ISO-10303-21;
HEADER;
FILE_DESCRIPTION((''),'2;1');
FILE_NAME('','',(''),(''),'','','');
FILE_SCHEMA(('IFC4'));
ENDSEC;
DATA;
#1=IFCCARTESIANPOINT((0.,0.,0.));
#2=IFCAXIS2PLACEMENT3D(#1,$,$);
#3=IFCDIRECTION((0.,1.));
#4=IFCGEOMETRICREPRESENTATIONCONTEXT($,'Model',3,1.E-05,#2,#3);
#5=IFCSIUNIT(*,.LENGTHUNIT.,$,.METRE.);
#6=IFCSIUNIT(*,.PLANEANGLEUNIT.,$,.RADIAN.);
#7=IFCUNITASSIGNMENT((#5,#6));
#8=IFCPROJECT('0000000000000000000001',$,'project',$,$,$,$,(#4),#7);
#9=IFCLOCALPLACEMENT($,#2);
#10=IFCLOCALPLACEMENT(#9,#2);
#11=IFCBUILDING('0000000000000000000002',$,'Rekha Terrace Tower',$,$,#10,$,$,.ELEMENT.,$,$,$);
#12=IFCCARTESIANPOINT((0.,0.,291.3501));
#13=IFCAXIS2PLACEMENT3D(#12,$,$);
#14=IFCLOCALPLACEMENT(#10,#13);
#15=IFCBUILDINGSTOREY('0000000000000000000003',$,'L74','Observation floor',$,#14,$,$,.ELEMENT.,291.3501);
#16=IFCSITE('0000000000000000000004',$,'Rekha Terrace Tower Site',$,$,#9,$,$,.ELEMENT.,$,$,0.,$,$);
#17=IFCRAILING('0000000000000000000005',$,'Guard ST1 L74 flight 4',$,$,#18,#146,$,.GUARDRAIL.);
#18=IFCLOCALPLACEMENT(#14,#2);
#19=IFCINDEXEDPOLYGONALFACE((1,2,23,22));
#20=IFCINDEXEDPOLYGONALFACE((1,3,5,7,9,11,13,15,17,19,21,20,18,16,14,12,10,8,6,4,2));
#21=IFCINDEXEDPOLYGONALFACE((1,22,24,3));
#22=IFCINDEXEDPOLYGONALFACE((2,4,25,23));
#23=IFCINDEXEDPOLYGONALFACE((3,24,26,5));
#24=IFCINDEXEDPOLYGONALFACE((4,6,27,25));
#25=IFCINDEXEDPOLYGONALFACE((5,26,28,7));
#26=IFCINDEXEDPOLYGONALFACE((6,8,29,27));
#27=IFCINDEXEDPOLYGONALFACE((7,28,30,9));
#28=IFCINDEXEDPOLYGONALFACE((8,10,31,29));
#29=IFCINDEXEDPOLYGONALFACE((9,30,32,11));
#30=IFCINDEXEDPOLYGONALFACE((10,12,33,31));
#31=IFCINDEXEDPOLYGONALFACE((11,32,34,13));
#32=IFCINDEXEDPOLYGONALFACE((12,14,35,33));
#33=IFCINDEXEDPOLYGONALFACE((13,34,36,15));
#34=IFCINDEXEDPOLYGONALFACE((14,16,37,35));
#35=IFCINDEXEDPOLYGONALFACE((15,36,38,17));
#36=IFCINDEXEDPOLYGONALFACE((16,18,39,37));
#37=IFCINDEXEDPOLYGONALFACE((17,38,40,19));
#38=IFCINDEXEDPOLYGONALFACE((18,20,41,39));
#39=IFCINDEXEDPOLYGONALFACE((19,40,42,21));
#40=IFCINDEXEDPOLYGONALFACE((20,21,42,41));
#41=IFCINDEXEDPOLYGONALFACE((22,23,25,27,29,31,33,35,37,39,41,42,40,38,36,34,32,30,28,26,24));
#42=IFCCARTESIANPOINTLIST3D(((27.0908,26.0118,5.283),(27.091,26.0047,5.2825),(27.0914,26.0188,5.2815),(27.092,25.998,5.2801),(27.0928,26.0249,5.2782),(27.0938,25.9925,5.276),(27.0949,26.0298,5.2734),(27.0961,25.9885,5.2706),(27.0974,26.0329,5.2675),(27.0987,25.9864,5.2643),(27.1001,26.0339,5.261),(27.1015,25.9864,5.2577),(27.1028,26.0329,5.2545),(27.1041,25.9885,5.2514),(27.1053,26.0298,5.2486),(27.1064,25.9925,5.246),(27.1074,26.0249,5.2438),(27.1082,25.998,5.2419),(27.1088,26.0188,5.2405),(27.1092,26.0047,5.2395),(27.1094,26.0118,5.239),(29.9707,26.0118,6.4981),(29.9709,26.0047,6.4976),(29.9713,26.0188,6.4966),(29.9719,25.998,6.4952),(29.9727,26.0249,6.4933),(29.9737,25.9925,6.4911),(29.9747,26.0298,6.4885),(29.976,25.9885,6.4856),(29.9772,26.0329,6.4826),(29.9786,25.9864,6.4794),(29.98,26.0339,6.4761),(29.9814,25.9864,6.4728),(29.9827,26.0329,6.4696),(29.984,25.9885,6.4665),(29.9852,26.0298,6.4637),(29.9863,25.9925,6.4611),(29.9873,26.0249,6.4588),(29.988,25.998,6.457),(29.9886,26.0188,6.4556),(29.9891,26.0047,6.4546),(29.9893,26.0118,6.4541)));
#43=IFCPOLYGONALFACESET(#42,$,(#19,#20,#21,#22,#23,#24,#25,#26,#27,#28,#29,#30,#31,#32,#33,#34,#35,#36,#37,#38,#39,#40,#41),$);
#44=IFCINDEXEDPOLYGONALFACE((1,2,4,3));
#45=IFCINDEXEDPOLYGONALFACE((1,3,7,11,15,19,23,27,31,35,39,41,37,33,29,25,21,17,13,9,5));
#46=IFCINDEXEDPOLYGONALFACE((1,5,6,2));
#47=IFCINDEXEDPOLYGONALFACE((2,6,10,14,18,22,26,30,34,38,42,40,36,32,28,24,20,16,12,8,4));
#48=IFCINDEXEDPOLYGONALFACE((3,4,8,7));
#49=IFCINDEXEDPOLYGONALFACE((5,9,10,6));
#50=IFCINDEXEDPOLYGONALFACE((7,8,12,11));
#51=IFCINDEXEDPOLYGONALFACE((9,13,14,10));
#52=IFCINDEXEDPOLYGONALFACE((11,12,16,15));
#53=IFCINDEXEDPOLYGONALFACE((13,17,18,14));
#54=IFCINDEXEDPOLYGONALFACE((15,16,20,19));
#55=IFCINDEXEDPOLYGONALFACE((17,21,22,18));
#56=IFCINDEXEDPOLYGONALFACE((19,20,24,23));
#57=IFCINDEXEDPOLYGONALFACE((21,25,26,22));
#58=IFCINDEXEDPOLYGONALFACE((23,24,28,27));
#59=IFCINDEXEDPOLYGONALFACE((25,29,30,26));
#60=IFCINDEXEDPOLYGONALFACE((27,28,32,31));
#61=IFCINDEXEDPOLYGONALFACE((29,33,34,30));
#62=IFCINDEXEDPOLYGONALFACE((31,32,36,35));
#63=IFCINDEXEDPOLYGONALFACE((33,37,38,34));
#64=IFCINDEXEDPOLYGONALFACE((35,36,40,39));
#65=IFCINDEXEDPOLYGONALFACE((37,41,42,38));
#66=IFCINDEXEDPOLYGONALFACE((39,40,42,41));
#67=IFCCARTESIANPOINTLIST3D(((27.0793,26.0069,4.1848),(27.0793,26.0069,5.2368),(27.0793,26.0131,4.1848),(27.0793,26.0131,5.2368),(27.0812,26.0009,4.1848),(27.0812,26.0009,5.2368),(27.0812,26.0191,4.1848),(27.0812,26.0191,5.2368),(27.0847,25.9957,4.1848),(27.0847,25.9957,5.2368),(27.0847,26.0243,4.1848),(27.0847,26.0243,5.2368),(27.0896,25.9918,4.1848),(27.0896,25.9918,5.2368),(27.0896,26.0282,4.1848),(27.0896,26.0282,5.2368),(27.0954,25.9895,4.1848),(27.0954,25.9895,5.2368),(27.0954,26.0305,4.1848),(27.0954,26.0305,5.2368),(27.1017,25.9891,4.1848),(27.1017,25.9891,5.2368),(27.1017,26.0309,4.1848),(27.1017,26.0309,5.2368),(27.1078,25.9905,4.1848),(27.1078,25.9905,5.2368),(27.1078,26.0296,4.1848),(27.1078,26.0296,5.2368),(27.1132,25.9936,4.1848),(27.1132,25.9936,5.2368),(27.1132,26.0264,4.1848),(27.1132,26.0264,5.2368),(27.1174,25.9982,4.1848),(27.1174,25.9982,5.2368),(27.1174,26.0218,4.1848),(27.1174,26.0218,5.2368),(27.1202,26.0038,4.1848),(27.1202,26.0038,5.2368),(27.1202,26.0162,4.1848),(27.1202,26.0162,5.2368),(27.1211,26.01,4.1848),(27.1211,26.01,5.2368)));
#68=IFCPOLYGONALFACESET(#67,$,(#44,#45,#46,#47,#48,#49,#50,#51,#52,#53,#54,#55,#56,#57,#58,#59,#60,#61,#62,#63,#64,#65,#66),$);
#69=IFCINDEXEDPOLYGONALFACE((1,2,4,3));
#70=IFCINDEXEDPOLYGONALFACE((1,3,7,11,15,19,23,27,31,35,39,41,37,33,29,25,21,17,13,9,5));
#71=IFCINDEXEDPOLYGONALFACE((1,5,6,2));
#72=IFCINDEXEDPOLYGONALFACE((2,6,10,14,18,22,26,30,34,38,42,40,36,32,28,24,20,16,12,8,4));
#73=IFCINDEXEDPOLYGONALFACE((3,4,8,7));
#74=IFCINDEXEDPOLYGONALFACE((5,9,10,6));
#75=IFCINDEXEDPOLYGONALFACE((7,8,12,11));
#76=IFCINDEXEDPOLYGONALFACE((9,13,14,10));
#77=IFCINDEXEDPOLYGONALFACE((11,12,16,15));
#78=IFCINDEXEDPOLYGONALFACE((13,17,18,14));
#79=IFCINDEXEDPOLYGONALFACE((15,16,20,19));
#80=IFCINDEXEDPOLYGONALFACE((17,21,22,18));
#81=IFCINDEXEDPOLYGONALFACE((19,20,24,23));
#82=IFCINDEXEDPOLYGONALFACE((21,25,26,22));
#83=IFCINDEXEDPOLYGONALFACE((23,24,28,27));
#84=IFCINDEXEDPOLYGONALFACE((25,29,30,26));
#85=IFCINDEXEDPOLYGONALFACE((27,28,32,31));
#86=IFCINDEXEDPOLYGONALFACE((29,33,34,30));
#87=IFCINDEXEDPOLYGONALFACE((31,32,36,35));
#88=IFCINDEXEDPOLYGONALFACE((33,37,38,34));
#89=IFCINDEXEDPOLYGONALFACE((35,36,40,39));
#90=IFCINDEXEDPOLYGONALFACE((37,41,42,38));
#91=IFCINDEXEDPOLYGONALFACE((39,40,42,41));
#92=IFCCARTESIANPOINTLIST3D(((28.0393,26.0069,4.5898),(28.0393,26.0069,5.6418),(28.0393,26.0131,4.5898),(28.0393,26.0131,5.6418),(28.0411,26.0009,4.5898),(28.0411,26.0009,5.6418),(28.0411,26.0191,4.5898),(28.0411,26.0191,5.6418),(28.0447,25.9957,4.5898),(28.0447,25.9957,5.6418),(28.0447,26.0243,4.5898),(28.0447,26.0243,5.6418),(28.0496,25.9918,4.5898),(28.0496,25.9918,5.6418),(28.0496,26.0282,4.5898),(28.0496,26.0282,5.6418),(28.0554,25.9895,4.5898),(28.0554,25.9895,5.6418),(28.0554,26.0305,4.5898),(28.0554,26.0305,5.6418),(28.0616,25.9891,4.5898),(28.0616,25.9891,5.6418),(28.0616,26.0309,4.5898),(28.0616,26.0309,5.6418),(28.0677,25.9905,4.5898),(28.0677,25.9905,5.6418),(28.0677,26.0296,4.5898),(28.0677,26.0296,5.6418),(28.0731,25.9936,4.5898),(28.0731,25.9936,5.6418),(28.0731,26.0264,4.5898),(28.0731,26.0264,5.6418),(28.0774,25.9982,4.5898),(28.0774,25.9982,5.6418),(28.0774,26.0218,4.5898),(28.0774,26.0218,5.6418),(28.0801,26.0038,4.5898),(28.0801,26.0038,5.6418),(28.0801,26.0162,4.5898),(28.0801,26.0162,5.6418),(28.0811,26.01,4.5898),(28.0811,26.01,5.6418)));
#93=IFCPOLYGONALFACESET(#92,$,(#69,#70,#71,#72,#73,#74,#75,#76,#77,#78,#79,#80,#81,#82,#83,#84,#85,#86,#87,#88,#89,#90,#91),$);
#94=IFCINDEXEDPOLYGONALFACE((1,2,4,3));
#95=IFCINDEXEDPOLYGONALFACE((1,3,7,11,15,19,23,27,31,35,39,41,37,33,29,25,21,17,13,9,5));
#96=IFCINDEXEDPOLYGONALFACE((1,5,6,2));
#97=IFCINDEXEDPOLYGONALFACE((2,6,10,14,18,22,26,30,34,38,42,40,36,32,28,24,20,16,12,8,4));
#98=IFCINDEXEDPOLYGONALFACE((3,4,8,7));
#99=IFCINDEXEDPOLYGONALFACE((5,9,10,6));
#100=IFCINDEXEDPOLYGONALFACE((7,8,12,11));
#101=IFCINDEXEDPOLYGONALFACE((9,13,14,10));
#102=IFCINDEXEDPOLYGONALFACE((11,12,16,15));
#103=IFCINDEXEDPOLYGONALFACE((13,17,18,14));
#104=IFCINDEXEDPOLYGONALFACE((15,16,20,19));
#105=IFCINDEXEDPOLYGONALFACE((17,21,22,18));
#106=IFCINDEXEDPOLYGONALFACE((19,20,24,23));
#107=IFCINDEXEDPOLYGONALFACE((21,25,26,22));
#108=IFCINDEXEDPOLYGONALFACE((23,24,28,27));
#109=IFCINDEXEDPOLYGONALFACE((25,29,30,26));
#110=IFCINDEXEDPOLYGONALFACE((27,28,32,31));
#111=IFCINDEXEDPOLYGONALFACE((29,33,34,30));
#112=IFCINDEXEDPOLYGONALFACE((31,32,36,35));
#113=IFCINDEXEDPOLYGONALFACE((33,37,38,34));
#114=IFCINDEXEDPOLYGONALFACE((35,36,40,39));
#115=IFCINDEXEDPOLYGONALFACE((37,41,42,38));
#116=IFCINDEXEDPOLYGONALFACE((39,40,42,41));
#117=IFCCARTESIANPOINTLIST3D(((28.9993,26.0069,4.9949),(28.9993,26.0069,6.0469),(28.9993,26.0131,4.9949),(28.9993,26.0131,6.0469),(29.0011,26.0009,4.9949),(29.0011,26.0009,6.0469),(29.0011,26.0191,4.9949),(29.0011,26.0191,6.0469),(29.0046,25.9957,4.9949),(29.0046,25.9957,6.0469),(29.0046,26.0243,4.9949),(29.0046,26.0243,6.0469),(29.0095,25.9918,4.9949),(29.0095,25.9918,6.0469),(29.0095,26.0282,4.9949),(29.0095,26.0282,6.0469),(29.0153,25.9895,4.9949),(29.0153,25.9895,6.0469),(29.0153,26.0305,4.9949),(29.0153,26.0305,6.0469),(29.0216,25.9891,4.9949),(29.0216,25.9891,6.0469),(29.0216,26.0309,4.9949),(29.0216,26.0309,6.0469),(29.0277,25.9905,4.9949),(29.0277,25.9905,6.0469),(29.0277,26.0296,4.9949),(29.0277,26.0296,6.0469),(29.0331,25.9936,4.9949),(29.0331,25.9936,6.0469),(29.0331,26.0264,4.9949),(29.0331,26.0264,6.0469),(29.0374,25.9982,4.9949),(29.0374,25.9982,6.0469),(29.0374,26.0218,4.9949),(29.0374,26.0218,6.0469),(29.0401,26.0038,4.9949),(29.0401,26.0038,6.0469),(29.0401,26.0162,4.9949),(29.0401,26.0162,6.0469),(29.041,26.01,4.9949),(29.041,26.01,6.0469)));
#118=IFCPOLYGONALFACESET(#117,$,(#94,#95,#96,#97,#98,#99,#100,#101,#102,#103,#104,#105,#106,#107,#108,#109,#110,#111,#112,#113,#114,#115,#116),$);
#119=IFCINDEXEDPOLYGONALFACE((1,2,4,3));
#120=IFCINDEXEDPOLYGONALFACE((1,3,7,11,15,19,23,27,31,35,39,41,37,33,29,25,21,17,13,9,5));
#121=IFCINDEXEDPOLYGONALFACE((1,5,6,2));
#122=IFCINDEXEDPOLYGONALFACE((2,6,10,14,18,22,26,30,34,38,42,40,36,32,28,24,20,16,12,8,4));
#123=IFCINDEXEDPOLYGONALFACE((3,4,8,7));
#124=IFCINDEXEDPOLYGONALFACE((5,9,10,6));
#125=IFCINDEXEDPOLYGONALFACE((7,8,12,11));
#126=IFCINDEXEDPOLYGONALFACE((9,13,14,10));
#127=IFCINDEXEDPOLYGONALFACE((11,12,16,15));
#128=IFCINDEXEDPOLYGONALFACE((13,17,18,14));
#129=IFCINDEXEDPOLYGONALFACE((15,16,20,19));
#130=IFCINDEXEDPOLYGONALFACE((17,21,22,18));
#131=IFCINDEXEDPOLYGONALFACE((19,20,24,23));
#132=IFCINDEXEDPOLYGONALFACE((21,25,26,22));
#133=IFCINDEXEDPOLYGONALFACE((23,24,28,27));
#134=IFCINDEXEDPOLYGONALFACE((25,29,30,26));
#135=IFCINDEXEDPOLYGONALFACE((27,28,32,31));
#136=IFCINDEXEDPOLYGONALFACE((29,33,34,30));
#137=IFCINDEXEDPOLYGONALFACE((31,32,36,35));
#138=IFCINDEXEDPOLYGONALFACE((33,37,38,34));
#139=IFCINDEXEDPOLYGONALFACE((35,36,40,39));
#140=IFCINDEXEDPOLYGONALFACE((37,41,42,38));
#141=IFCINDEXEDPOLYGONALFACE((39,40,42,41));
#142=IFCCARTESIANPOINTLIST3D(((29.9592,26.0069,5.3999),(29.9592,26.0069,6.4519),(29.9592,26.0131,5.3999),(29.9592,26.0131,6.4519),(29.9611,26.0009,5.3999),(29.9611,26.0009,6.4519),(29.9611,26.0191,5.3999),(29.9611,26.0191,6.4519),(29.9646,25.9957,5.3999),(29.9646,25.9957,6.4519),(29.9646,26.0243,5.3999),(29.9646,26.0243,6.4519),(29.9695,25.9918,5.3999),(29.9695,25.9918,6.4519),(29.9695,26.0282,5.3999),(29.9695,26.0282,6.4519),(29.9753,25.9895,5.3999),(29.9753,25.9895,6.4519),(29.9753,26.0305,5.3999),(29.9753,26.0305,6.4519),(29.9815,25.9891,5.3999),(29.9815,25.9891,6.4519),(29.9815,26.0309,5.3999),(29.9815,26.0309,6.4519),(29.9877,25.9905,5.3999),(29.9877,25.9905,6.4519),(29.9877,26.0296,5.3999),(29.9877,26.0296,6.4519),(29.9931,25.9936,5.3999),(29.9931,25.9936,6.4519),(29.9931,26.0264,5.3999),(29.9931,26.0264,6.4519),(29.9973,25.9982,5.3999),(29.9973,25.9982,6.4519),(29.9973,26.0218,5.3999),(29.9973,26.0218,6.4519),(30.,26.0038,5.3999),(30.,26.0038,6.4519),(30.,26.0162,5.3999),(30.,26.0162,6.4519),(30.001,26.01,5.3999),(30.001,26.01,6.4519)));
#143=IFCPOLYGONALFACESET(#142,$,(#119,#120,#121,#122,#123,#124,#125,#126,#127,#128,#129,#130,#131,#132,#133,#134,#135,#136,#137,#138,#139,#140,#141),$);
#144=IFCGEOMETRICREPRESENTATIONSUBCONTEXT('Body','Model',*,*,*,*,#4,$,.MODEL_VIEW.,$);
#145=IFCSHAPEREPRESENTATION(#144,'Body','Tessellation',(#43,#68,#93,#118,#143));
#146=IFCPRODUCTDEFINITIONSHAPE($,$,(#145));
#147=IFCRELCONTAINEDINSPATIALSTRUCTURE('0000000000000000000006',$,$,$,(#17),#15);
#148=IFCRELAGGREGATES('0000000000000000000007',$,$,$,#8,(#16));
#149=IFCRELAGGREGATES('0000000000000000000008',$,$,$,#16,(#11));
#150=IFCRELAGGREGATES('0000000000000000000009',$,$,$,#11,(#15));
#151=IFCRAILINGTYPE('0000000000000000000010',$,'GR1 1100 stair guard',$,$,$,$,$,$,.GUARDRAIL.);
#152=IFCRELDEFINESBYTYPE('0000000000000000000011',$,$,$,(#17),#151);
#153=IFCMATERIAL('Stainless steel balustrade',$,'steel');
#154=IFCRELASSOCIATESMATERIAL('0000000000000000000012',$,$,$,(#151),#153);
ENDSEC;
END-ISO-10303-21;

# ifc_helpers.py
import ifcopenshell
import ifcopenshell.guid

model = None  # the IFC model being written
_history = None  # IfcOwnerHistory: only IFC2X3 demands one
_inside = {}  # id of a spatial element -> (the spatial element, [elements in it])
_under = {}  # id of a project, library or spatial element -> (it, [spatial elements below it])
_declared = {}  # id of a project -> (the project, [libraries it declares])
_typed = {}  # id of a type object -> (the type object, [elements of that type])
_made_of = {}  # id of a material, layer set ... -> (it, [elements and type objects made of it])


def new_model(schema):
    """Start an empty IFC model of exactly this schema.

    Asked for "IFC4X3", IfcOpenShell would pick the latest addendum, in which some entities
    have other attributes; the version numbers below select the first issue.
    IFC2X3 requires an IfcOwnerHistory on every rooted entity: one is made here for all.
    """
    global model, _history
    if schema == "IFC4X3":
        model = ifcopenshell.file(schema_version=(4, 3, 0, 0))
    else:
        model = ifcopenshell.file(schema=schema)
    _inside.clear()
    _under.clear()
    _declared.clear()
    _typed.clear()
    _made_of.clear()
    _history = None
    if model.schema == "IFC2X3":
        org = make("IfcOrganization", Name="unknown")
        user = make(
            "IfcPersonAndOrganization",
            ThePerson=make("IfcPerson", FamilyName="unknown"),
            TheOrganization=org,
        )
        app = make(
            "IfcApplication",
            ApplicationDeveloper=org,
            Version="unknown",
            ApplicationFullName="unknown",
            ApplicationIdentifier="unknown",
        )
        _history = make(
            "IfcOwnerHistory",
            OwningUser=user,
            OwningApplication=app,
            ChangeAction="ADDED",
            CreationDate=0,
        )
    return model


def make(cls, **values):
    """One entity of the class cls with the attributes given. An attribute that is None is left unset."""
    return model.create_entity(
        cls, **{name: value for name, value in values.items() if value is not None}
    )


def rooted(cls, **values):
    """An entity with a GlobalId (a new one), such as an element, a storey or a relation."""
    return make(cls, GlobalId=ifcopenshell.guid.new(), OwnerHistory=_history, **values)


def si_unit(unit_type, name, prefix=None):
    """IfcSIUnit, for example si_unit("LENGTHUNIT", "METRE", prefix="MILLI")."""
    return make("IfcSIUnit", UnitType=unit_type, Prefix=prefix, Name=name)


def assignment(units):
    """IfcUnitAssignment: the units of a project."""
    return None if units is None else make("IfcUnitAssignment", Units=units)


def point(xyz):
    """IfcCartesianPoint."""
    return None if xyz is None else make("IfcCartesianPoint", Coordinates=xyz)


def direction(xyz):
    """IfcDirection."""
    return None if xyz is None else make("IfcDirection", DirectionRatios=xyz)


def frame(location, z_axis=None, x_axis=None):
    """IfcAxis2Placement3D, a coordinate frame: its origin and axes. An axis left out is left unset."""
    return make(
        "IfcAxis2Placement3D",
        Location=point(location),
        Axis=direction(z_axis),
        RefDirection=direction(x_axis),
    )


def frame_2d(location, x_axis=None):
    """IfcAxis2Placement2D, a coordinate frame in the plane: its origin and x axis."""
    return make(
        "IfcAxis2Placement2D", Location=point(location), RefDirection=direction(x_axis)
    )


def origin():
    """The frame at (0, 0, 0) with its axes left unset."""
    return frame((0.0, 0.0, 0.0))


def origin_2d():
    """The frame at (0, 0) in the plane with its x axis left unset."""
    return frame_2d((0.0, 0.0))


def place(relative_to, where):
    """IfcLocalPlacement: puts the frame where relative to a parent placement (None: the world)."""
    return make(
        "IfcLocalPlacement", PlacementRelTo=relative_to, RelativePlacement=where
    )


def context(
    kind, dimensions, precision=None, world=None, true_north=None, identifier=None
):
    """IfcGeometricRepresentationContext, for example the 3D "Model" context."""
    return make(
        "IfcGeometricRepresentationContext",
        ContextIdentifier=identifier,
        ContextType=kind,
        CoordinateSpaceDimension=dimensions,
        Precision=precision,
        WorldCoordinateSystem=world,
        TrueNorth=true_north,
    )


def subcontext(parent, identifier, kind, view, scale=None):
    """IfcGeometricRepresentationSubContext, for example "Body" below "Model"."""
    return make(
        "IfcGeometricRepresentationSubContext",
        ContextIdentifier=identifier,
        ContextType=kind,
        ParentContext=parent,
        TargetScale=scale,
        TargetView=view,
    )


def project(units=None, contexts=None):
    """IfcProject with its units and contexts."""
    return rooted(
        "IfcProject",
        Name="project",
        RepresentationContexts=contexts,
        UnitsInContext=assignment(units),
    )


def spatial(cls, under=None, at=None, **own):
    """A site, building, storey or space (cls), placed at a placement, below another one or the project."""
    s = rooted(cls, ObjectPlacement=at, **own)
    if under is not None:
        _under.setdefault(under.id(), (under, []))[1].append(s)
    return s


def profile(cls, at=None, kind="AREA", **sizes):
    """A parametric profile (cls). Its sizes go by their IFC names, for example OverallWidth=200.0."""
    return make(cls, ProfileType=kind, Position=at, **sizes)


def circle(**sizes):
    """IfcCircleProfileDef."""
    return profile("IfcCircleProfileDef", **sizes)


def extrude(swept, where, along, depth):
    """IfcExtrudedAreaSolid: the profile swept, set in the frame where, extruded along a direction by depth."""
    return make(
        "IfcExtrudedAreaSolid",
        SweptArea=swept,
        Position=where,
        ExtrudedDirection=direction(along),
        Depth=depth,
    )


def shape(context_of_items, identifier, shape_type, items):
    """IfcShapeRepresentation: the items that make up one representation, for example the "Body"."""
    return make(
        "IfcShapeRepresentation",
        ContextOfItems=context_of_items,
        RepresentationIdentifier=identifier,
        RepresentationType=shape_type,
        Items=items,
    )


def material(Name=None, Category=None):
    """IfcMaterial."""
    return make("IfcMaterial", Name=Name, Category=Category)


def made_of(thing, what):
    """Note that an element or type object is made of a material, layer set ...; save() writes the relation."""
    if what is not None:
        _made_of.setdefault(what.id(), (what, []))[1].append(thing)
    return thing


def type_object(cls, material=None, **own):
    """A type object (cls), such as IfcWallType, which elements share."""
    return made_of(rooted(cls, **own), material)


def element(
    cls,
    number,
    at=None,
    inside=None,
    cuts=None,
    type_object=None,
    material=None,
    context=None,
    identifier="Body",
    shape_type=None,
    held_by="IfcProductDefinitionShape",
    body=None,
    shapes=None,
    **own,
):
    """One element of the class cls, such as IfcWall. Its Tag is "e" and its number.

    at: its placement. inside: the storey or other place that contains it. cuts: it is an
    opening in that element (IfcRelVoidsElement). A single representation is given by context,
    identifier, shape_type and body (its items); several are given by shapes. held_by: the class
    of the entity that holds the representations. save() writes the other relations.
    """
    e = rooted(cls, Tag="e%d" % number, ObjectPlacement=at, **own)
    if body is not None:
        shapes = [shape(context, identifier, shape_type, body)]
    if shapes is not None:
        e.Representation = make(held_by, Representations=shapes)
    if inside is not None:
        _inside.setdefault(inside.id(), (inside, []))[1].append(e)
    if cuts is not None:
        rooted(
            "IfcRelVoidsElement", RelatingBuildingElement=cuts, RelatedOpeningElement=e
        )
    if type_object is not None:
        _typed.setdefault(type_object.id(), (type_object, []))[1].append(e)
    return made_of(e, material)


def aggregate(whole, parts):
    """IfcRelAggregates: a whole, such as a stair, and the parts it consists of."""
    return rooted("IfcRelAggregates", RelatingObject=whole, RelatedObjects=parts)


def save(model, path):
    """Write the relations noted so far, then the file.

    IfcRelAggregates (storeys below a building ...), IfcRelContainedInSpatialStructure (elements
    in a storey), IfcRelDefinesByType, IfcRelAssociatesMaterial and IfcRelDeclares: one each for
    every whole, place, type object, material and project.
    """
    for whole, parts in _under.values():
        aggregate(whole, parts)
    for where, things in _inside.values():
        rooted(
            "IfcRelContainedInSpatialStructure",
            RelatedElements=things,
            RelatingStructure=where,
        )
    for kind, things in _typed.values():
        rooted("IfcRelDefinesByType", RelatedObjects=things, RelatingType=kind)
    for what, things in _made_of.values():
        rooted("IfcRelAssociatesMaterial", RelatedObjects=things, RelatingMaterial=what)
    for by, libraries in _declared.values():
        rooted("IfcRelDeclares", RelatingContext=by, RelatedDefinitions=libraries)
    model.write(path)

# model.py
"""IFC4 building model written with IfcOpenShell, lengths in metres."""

from ifc_helpers import new_model, si_unit, direction, frame, origin, origin_2d, place, context, subcontext, project, spatial, circle, extrude, material, type_object, element, save


model = new_model("IFC4")

# Units and contexts
model_context = context("Model", 3, precision=1e-05, world=origin(), true_north=direction((0.0, 1.0)))
body_context = subcontext(model_context, "Body", "Model", "MODEL_VIEW")
ifc_project = project(units=[si_unit("LENGTHUNIT", "METRE"), si_unit("PLANEANGLEUNIT", "RADIAN")], contexts=[model_context])

# Site, building, storey
site_placement = place(None, origin())
site = spatial("IfcSite", under=ifc_project, at=site_placement, Name="Rekha Terrace Tower Site", CompositionType="ELEMENT", RefElevation=0.0)
building_placement = place(site_placement, origin())
building = spatial("IfcBuilding", under=site, at=building_placement, Name="Rekha Terrace Tower", CompositionType="ELEMENT")
storey_placement = place(building_placement, frame((0.0, 0.0, 291.3501)))
storey = spatial("IfcBuildingStorey", under=building, at=storey_placement, Name="L74", Description="Observation floor", CompositionType="ELEMENT", Elevation=291.3501)

# Railing
ifc_material_1 = material(Name="Stainless steel balustrade", Category="steel")
railing_type_1 = type_object("IfcRailingType", Name="GR1 1100 stair guard", PredefinedType="GUARDRAIL", material=ifc_material_1)
railing_1_placement = place(storey_placement, frame((27.1001, 26.01, 4.1848)))
element("IfcRailing", 1, at=railing_1_placement, inside=storey, type_object=railing_type_1, Name="Guard ST1 L74 flight 4", PredefinedType="GUARDRAIL", context=body_context, shape_type="SweptSolid", body=[
    extrude(circle(Radius=0.0239, at=origin_2d()), frame((0.0, 0.0, 1.0762), z_axis=(0.921348, 0.0, 0.388738), x_axis=(0.0, 1.0, 0.0)), (0.0, 0.0, 1.0), 3.1257),
    extrude(circle(Radius=0.021, at=origin_2d()), origin(), (0.0, 0.0, 1.0), 1.052),
    extrude(circle(Radius=0.021, at=origin_2d()), frame((0.96, 0.0, 0.405)), (0.0, 0.0, 1.0), 1.052),
    extrude(circle(Radius=0.021, at=origin_2d()), frame((1.9199, 0.0, 0.8101)), (0.0, 0.0, 1.0), 1.052),
    extrude(circle(Radius=0.021, at=origin_2d()), frame((2.8799, 0.0, 1.2151)), (0.0, 0.0, 1.0), 1.052),
])

save(model, "model.ifc")
